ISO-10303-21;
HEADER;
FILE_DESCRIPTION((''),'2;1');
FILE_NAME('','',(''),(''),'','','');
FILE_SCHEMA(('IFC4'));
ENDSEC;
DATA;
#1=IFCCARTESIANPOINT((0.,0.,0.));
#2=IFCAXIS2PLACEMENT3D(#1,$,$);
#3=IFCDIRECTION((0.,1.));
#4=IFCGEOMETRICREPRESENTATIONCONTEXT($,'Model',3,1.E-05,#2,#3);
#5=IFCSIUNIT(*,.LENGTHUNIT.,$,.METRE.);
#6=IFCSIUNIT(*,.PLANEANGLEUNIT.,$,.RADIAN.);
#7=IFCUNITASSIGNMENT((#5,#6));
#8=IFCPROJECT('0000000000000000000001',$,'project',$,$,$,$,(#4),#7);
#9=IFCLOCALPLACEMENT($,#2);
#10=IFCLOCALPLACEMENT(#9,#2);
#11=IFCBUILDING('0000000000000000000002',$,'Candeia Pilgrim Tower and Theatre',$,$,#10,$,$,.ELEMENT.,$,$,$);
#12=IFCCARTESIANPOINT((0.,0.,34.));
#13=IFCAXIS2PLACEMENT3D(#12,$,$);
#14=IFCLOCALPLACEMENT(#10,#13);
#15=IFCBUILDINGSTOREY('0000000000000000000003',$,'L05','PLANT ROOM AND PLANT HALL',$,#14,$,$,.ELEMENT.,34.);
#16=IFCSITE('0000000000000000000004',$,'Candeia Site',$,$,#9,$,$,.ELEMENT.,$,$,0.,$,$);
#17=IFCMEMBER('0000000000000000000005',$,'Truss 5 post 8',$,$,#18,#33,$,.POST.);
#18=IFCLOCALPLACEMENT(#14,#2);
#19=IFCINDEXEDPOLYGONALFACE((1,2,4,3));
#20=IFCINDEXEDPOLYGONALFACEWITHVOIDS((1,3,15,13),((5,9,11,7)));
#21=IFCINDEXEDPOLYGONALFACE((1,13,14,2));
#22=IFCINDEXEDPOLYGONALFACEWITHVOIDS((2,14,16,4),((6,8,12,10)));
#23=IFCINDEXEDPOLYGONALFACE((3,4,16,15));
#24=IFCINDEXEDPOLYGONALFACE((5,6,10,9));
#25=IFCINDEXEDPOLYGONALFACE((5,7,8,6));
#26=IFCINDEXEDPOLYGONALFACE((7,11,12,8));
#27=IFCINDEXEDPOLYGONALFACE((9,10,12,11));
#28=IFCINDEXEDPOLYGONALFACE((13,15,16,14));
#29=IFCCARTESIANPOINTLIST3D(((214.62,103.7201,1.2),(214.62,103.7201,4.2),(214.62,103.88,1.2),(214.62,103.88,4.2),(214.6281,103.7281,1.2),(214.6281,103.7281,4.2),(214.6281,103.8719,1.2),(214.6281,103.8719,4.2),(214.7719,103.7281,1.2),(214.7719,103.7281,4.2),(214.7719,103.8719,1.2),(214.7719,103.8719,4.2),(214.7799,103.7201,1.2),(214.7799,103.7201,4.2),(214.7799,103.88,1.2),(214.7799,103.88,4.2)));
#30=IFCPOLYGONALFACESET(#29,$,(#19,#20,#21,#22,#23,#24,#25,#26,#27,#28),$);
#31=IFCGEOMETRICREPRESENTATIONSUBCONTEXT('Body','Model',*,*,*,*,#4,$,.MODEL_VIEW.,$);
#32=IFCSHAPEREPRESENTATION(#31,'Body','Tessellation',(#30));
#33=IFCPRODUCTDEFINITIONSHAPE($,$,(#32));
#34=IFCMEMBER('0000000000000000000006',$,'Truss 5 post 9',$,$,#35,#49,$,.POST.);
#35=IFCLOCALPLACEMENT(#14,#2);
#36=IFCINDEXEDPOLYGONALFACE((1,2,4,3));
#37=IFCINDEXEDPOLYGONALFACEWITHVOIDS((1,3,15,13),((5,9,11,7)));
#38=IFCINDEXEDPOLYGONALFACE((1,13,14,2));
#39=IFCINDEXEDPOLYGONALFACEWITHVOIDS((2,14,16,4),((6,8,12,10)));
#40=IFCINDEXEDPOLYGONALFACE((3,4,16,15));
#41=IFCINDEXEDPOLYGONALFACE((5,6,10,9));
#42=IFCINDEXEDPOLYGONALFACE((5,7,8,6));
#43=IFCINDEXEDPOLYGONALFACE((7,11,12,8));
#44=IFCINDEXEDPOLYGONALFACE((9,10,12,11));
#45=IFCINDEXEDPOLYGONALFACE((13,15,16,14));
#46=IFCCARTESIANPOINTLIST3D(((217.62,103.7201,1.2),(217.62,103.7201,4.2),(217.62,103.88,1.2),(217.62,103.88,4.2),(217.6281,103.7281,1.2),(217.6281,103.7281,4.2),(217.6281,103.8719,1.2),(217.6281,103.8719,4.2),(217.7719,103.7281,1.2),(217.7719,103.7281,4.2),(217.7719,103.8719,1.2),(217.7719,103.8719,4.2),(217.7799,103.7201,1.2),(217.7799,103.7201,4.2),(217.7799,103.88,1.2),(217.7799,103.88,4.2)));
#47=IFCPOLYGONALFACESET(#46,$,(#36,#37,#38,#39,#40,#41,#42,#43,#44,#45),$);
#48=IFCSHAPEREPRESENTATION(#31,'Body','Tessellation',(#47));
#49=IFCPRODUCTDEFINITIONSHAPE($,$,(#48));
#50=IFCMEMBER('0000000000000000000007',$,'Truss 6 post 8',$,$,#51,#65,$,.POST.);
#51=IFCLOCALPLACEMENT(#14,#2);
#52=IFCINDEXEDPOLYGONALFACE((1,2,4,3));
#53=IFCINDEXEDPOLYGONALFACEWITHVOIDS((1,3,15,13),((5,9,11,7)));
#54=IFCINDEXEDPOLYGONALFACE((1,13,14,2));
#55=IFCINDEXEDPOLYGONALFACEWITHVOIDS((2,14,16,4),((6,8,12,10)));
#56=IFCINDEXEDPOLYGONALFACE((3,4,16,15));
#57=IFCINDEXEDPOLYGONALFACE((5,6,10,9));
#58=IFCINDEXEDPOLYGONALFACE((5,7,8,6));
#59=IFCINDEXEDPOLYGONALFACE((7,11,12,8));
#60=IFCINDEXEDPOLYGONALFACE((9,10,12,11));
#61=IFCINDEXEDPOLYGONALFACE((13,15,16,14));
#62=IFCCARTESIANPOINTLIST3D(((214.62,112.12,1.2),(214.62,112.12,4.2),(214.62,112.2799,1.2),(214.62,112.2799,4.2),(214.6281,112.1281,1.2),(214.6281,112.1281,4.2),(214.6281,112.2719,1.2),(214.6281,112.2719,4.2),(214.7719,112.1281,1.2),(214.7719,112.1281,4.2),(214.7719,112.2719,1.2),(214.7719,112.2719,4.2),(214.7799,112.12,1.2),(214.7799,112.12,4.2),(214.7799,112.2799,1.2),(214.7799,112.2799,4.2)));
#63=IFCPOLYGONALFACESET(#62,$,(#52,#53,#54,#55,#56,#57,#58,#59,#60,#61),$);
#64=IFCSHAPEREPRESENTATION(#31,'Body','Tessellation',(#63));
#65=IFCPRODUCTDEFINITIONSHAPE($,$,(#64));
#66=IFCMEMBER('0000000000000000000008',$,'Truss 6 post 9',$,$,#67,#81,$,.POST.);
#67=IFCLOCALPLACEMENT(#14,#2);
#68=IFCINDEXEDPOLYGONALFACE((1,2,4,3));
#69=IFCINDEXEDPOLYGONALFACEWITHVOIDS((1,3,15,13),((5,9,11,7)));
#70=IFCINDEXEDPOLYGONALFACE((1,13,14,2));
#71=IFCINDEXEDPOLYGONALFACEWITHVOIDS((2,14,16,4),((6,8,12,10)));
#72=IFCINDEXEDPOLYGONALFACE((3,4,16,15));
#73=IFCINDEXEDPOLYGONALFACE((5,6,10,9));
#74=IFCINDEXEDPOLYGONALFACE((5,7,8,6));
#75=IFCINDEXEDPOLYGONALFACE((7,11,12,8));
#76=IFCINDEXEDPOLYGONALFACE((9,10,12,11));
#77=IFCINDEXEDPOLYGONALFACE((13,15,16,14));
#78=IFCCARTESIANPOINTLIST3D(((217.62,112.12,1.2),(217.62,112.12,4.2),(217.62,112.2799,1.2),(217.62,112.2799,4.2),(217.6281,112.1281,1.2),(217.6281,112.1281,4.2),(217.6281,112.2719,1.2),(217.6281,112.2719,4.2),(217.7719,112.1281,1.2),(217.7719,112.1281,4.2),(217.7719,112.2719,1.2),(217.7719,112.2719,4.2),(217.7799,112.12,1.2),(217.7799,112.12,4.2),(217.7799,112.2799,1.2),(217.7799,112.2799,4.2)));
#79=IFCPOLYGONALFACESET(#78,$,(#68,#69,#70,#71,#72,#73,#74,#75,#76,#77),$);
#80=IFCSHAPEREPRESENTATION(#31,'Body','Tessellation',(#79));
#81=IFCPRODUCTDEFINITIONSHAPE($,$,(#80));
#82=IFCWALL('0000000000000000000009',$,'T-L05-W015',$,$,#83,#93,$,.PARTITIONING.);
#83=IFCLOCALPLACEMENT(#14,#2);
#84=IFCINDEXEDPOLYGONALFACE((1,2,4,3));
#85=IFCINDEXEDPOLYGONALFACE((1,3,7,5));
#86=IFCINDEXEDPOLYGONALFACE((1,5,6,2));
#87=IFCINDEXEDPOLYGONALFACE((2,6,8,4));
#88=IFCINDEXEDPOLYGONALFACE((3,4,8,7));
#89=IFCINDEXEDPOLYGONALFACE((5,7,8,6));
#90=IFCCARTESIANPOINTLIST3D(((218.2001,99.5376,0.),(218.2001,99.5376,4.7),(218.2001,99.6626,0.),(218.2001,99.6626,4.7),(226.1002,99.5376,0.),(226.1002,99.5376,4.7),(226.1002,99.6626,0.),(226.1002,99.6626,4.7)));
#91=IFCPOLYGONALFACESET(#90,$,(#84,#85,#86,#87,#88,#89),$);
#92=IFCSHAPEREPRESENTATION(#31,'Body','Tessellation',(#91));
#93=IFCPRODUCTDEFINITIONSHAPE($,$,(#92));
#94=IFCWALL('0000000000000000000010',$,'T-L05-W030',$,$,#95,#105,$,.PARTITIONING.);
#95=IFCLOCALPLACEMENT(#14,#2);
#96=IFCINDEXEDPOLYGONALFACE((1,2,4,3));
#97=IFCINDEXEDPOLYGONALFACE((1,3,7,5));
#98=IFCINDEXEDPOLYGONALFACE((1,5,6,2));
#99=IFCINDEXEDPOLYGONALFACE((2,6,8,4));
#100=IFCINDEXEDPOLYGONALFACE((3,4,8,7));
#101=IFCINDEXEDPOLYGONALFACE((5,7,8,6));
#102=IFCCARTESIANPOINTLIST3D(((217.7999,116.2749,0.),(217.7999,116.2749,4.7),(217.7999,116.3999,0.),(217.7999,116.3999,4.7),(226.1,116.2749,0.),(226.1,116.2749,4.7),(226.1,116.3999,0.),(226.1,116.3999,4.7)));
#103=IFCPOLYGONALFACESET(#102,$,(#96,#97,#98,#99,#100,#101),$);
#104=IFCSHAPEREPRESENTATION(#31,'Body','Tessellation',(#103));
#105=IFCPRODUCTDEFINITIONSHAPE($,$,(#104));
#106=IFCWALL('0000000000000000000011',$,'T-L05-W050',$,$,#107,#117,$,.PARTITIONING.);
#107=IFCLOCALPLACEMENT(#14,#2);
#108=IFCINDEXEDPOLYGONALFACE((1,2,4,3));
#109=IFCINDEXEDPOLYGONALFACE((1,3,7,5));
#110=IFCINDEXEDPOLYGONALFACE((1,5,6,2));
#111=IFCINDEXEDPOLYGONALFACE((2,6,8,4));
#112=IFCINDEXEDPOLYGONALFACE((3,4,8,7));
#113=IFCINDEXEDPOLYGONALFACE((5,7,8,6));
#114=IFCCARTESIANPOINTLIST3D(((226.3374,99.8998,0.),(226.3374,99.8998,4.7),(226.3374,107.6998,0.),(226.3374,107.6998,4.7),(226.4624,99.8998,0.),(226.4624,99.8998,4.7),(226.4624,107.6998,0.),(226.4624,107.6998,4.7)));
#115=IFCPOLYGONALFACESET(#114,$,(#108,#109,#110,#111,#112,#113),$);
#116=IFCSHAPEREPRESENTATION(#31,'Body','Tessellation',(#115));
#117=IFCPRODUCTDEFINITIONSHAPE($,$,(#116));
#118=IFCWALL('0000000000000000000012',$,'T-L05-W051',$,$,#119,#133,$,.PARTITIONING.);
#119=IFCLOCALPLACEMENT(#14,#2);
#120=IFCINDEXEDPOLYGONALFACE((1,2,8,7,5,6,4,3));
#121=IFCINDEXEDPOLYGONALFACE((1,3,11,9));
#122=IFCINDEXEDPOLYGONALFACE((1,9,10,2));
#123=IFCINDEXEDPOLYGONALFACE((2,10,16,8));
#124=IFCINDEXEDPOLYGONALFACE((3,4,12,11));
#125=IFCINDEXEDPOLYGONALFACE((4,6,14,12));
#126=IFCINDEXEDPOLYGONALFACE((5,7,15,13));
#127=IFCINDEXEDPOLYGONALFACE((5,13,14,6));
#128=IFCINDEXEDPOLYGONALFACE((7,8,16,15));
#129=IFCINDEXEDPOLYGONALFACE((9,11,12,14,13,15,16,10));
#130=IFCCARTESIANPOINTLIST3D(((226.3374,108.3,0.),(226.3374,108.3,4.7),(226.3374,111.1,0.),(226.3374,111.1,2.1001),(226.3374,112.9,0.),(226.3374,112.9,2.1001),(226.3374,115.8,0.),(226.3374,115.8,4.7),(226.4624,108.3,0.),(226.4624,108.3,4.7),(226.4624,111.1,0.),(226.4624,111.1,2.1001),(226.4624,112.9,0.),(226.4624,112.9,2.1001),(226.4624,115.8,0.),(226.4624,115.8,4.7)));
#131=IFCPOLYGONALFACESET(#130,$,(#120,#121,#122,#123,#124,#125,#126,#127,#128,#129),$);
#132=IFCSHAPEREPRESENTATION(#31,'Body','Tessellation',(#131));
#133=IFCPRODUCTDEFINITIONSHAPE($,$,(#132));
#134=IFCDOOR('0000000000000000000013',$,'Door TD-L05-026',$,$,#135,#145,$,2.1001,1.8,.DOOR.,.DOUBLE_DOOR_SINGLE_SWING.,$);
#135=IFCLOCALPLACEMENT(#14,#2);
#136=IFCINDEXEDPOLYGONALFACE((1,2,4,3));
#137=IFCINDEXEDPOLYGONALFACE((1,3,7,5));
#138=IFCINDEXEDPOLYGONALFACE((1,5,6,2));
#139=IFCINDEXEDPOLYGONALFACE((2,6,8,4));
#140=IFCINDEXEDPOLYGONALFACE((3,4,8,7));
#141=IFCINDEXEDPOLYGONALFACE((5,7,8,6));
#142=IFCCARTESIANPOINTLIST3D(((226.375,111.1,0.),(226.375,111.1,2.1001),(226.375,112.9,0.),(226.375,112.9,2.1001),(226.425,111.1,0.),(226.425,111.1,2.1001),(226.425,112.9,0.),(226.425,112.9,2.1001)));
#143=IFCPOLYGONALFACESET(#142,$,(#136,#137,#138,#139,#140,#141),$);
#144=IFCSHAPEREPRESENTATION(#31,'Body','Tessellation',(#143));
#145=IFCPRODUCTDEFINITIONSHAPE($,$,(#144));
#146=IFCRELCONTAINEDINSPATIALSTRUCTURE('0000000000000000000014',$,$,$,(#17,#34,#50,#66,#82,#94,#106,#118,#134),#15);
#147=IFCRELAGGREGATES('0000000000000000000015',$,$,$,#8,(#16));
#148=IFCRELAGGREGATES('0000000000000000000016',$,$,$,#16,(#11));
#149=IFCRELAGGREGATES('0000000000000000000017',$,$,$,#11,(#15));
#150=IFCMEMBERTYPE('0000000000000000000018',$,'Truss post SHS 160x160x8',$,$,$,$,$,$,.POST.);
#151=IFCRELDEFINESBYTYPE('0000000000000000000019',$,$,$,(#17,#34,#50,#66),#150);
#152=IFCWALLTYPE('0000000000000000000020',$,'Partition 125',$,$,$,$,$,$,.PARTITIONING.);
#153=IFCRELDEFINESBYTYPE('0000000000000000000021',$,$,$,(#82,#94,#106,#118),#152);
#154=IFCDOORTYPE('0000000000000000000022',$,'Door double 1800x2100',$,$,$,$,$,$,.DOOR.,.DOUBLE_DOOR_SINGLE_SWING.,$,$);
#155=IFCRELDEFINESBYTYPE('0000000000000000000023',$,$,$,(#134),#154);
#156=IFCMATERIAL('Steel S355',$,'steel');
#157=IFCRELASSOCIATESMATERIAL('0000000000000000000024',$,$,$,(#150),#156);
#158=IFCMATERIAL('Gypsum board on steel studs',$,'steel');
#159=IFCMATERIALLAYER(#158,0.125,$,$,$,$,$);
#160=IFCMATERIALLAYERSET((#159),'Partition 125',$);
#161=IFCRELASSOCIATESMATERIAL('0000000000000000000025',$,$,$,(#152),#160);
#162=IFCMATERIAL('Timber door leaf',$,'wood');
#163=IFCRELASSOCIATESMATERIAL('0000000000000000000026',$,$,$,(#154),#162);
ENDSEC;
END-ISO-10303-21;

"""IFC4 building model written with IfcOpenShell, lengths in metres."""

from ifc_helpers import new_model, si_unit, direction, frame, frame_2d, origin, origin_2d, place, context, subcontext, project, spatial, rectangle, hollow_rectangle, extrude, material, layer, layer_set, material_profile, profile_set, type_object, element, fill, save


model = new_model("IFC4")

# Units and contexts
model_context = context("Model", 3, precision=1e-05, world=origin(), true_north=direction((0.0, 1.0)))
body_context = subcontext(model_context, "Body", "Model", "MODEL_VIEW")
ifc_project = project(units=[si_unit("LENGTHUNIT", "METRE"), si_unit("PLANEANGLEUNIT", "RADIAN")], contexts=[model_context])

# Site, building, storey
site_placement = place(None, origin())
site = spatial("IfcSite", under=ifc_project, at=site_placement, Name="Candeia Site", CompositionType="ELEMENT", RefElevation=0.0)
building_placement = place(site_placement, origin())
building = spatial("IfcBuilding", under=site, at=building_placement, Name="Candeia Pilgrim Tower and Theatre", CompositionType="ELEMENT")
storey_placement = place(building_placement, frame((0.0, 0.0, 34.0)))
storey = spatial("IfcBuildingStorey", under=building, at=storey_placement, Name="L05", Description="PLANT ROOM AND PLANT HALL", CompositionType="ELEMENT", Elevation=34.0)

# Members
ifc_material_1 = material(Name="Steel S355", Category="steel")
ifc_material_profile_1 = material_profile(ifc_material_1, hollow_rectangle(XDim=0.1599, YDim=0.1599, WallThickness=0.0081, at=origin_2d()))
ifc_profile_set_1 = profile_set([ifc_material_profile_1], Name="Steel S355")
member_type_1 = type_object("IfcMemberType", Name="Truss post SHS 160x160x8", PredefinedType="POST", material=ifc_profile_set_1)
for number, where, z_axis, x_axis, name in (
    (1, (214.7, 103.8, 1.2), (0.0, 0.0, 1.0), (1.0, 0.0, 0.0), "Truss 5 post 8"),
    (2, (217.7, 103.8, 1.2), (0.0, 0.0, 1.0), (1.0, 0.0, 0.0), "Truss 5 post 9"),
    (3, (214.7, 112.2, 1.2), (0.0, 0.0, 1.0), (1.0, 0.0, 0.0), "Truss 6 post 8"),
    (4, (217.7, 112.2, 1.2), (0.0, 0.0, 1.0), (1.0, 0.0, 0.0), "Truss 6 post 9"),
):
    element("IfcMember", number, at=place(storey_placement, frame(where, z_axis=z_axis, x_axis=x_axis)), inside=storey, type_object=member_type_1, Name=name, PredefinedType="POST", context=body_context, shape_type="SweptSolid", body=[
        extrude(hollow_rectangle(XDim=0.1599, YDim=0.1599, WallThickness=0.0081, at=origin_2d()), origin(), (0.0, 0.0, 1.0), 3.0),
    ])

# Walls
ifc_material_2 = material(Name="Gypsum board on steel studs", Category="steel")
ifc_layer = layer(ifc_material_2, 0.125)
ifc_layer_set = layer_set([ifc_layer], Name="Partition 125")
wall_type = type_object("IfcWallType", Name="Partition 125", PredefinedType="PARTITIONING", material=ifc_layer_set)
wall_1_placement = place(storey_placement, frame((218.2, 99.6001, 0.0), z_axis=(0.0, 0.0, 1.0), x_axis=(1.0, 0.0, 0.0)))
element("IfcWall", 5, at=wall_1_placement, inside=storey, type_object=wall_type, Name="T-L05-W015", PredefinedType="PARTITIONING", context=body_context, shape_type="SweptSolid", body=[
    extrude(rectangle(XDim=7.9001, YDim=0.125, at=frame_2d((3.9502, 0.0))), origin(), (0.0, 0.0, 1.0), 4.7),
])
wall_2_placement = place(storey_placement, frame((217.8, 116.3374, 0.0), z_axis=(0.0, 0.0, 1.0), x_axis=(1.0, 0.0, 0.0)))
element("IfcWall", 6, at=wall_2_placement, inside=storey, type_object=wall_type, Name="T-L05-W030", PredefinedType="PARTITIONING", context=body_context, shape_type="SweptSolid", body=[
    extrude(rectangle(XDim=8.3, YDim=0.125, at=frame_2d((4.1499, 0.0))), origin(), (0.0, 0.0, 1.0), 4.7),
])
wall_3_placement = place(storey_placement, frame((226.3999, 99.8999, 0.0), z_axis=(0.0, 0.0, 1.0), x_axis=(0.0, 1.0, 0.0)))
element("IfcWall", 7, at=wall_3_placement, inside=storey, type_object=wall_type, Name="T-L05-W050", PredefinedType="PARTITIONING", context=body_context, shape_type="SweptSolid", body=[
    extrude(rectangle(XDim=7.8, YDim=0.125, at=frame_2d((3.8999, 0.0))), origin(), (0.0, 0.0, 1.0), 4.7),
])

# Wall, opening, door
wall_4_placement = place(storey_placement, frame((226.3999, 108.3, 0.0), z_axis=(0.0, 0.0, 1.0), x_axis=(0.0, 1.0, 0.0)))
wall_4 = element("IfcWall", 8, at=wall_4_placement, inside=storey, type_object=wall_type, Name="T-L05-W051", PredefinedType="PARTITIONING", context=body_context, shape_type="SweptSolid", body=[
    extrude(rectangle(XDim=7.5, YDim=0.125, at=frame_2d((3.75, 0.0))), origin(), (0.0, 0.0, 1.0), 4.7),
])
opening_placement = place(wall_4_placement, frame((2.8, 0.0, 0.0)))
opening = element("IfcOpeningElement", 9, at=opening_placement, cuts=wall_4, PredefinedType="OPENING", context=body_context, shape_type="SweptSolid", body=[
    extrude(rectangle(XDim=1.8, YDim=2.1001, at=frame_2d((0.8999, 1.05))), frame((0.0, 0.0725, 0.0), z_axis=(0.0, -1.0, 0.0), x_axis=(1.0, 0.0, 0.0)), (0.0, 0.0, 1.0), 0.145),
])
ifc_material_3 = material(Name="Timber door leaf", Category="wood")
door_type = type_object("IfcDoorType", Name="Door double 1800x2100", OperationType="DOUBLE_DOOR_SINGLE_SWING", PredefinedType="DOOR", material=ifc_material_3)
door_placement = place(opening_placement, origin())
door = element("IfcDoor", 10, at=door_placement, inside=storey, type_object=door_type, Name="Door TD-L05-026", OperationType="DOUBLE_DOOR_SINGLE_SWING", OverallHeight=2.1001, OverallWidth=1.8, PredefinedType="DOOR", context=body_context, shape_type="SweptSolid", body=[
    extrude(rectangle(XDim=1.8, YDim=2.1001, at=frame_2d((0.8999, 1.05))), frame((0.0, 0.0249, 0.0), z_axis=(0.0, -1.0, 0.0), x_axis=(1.0, 0.0, 0.0)), (0.0, 0.0, 1.0), 0.05),
])
fill(opening, door)

save(model, "model.ifc")
